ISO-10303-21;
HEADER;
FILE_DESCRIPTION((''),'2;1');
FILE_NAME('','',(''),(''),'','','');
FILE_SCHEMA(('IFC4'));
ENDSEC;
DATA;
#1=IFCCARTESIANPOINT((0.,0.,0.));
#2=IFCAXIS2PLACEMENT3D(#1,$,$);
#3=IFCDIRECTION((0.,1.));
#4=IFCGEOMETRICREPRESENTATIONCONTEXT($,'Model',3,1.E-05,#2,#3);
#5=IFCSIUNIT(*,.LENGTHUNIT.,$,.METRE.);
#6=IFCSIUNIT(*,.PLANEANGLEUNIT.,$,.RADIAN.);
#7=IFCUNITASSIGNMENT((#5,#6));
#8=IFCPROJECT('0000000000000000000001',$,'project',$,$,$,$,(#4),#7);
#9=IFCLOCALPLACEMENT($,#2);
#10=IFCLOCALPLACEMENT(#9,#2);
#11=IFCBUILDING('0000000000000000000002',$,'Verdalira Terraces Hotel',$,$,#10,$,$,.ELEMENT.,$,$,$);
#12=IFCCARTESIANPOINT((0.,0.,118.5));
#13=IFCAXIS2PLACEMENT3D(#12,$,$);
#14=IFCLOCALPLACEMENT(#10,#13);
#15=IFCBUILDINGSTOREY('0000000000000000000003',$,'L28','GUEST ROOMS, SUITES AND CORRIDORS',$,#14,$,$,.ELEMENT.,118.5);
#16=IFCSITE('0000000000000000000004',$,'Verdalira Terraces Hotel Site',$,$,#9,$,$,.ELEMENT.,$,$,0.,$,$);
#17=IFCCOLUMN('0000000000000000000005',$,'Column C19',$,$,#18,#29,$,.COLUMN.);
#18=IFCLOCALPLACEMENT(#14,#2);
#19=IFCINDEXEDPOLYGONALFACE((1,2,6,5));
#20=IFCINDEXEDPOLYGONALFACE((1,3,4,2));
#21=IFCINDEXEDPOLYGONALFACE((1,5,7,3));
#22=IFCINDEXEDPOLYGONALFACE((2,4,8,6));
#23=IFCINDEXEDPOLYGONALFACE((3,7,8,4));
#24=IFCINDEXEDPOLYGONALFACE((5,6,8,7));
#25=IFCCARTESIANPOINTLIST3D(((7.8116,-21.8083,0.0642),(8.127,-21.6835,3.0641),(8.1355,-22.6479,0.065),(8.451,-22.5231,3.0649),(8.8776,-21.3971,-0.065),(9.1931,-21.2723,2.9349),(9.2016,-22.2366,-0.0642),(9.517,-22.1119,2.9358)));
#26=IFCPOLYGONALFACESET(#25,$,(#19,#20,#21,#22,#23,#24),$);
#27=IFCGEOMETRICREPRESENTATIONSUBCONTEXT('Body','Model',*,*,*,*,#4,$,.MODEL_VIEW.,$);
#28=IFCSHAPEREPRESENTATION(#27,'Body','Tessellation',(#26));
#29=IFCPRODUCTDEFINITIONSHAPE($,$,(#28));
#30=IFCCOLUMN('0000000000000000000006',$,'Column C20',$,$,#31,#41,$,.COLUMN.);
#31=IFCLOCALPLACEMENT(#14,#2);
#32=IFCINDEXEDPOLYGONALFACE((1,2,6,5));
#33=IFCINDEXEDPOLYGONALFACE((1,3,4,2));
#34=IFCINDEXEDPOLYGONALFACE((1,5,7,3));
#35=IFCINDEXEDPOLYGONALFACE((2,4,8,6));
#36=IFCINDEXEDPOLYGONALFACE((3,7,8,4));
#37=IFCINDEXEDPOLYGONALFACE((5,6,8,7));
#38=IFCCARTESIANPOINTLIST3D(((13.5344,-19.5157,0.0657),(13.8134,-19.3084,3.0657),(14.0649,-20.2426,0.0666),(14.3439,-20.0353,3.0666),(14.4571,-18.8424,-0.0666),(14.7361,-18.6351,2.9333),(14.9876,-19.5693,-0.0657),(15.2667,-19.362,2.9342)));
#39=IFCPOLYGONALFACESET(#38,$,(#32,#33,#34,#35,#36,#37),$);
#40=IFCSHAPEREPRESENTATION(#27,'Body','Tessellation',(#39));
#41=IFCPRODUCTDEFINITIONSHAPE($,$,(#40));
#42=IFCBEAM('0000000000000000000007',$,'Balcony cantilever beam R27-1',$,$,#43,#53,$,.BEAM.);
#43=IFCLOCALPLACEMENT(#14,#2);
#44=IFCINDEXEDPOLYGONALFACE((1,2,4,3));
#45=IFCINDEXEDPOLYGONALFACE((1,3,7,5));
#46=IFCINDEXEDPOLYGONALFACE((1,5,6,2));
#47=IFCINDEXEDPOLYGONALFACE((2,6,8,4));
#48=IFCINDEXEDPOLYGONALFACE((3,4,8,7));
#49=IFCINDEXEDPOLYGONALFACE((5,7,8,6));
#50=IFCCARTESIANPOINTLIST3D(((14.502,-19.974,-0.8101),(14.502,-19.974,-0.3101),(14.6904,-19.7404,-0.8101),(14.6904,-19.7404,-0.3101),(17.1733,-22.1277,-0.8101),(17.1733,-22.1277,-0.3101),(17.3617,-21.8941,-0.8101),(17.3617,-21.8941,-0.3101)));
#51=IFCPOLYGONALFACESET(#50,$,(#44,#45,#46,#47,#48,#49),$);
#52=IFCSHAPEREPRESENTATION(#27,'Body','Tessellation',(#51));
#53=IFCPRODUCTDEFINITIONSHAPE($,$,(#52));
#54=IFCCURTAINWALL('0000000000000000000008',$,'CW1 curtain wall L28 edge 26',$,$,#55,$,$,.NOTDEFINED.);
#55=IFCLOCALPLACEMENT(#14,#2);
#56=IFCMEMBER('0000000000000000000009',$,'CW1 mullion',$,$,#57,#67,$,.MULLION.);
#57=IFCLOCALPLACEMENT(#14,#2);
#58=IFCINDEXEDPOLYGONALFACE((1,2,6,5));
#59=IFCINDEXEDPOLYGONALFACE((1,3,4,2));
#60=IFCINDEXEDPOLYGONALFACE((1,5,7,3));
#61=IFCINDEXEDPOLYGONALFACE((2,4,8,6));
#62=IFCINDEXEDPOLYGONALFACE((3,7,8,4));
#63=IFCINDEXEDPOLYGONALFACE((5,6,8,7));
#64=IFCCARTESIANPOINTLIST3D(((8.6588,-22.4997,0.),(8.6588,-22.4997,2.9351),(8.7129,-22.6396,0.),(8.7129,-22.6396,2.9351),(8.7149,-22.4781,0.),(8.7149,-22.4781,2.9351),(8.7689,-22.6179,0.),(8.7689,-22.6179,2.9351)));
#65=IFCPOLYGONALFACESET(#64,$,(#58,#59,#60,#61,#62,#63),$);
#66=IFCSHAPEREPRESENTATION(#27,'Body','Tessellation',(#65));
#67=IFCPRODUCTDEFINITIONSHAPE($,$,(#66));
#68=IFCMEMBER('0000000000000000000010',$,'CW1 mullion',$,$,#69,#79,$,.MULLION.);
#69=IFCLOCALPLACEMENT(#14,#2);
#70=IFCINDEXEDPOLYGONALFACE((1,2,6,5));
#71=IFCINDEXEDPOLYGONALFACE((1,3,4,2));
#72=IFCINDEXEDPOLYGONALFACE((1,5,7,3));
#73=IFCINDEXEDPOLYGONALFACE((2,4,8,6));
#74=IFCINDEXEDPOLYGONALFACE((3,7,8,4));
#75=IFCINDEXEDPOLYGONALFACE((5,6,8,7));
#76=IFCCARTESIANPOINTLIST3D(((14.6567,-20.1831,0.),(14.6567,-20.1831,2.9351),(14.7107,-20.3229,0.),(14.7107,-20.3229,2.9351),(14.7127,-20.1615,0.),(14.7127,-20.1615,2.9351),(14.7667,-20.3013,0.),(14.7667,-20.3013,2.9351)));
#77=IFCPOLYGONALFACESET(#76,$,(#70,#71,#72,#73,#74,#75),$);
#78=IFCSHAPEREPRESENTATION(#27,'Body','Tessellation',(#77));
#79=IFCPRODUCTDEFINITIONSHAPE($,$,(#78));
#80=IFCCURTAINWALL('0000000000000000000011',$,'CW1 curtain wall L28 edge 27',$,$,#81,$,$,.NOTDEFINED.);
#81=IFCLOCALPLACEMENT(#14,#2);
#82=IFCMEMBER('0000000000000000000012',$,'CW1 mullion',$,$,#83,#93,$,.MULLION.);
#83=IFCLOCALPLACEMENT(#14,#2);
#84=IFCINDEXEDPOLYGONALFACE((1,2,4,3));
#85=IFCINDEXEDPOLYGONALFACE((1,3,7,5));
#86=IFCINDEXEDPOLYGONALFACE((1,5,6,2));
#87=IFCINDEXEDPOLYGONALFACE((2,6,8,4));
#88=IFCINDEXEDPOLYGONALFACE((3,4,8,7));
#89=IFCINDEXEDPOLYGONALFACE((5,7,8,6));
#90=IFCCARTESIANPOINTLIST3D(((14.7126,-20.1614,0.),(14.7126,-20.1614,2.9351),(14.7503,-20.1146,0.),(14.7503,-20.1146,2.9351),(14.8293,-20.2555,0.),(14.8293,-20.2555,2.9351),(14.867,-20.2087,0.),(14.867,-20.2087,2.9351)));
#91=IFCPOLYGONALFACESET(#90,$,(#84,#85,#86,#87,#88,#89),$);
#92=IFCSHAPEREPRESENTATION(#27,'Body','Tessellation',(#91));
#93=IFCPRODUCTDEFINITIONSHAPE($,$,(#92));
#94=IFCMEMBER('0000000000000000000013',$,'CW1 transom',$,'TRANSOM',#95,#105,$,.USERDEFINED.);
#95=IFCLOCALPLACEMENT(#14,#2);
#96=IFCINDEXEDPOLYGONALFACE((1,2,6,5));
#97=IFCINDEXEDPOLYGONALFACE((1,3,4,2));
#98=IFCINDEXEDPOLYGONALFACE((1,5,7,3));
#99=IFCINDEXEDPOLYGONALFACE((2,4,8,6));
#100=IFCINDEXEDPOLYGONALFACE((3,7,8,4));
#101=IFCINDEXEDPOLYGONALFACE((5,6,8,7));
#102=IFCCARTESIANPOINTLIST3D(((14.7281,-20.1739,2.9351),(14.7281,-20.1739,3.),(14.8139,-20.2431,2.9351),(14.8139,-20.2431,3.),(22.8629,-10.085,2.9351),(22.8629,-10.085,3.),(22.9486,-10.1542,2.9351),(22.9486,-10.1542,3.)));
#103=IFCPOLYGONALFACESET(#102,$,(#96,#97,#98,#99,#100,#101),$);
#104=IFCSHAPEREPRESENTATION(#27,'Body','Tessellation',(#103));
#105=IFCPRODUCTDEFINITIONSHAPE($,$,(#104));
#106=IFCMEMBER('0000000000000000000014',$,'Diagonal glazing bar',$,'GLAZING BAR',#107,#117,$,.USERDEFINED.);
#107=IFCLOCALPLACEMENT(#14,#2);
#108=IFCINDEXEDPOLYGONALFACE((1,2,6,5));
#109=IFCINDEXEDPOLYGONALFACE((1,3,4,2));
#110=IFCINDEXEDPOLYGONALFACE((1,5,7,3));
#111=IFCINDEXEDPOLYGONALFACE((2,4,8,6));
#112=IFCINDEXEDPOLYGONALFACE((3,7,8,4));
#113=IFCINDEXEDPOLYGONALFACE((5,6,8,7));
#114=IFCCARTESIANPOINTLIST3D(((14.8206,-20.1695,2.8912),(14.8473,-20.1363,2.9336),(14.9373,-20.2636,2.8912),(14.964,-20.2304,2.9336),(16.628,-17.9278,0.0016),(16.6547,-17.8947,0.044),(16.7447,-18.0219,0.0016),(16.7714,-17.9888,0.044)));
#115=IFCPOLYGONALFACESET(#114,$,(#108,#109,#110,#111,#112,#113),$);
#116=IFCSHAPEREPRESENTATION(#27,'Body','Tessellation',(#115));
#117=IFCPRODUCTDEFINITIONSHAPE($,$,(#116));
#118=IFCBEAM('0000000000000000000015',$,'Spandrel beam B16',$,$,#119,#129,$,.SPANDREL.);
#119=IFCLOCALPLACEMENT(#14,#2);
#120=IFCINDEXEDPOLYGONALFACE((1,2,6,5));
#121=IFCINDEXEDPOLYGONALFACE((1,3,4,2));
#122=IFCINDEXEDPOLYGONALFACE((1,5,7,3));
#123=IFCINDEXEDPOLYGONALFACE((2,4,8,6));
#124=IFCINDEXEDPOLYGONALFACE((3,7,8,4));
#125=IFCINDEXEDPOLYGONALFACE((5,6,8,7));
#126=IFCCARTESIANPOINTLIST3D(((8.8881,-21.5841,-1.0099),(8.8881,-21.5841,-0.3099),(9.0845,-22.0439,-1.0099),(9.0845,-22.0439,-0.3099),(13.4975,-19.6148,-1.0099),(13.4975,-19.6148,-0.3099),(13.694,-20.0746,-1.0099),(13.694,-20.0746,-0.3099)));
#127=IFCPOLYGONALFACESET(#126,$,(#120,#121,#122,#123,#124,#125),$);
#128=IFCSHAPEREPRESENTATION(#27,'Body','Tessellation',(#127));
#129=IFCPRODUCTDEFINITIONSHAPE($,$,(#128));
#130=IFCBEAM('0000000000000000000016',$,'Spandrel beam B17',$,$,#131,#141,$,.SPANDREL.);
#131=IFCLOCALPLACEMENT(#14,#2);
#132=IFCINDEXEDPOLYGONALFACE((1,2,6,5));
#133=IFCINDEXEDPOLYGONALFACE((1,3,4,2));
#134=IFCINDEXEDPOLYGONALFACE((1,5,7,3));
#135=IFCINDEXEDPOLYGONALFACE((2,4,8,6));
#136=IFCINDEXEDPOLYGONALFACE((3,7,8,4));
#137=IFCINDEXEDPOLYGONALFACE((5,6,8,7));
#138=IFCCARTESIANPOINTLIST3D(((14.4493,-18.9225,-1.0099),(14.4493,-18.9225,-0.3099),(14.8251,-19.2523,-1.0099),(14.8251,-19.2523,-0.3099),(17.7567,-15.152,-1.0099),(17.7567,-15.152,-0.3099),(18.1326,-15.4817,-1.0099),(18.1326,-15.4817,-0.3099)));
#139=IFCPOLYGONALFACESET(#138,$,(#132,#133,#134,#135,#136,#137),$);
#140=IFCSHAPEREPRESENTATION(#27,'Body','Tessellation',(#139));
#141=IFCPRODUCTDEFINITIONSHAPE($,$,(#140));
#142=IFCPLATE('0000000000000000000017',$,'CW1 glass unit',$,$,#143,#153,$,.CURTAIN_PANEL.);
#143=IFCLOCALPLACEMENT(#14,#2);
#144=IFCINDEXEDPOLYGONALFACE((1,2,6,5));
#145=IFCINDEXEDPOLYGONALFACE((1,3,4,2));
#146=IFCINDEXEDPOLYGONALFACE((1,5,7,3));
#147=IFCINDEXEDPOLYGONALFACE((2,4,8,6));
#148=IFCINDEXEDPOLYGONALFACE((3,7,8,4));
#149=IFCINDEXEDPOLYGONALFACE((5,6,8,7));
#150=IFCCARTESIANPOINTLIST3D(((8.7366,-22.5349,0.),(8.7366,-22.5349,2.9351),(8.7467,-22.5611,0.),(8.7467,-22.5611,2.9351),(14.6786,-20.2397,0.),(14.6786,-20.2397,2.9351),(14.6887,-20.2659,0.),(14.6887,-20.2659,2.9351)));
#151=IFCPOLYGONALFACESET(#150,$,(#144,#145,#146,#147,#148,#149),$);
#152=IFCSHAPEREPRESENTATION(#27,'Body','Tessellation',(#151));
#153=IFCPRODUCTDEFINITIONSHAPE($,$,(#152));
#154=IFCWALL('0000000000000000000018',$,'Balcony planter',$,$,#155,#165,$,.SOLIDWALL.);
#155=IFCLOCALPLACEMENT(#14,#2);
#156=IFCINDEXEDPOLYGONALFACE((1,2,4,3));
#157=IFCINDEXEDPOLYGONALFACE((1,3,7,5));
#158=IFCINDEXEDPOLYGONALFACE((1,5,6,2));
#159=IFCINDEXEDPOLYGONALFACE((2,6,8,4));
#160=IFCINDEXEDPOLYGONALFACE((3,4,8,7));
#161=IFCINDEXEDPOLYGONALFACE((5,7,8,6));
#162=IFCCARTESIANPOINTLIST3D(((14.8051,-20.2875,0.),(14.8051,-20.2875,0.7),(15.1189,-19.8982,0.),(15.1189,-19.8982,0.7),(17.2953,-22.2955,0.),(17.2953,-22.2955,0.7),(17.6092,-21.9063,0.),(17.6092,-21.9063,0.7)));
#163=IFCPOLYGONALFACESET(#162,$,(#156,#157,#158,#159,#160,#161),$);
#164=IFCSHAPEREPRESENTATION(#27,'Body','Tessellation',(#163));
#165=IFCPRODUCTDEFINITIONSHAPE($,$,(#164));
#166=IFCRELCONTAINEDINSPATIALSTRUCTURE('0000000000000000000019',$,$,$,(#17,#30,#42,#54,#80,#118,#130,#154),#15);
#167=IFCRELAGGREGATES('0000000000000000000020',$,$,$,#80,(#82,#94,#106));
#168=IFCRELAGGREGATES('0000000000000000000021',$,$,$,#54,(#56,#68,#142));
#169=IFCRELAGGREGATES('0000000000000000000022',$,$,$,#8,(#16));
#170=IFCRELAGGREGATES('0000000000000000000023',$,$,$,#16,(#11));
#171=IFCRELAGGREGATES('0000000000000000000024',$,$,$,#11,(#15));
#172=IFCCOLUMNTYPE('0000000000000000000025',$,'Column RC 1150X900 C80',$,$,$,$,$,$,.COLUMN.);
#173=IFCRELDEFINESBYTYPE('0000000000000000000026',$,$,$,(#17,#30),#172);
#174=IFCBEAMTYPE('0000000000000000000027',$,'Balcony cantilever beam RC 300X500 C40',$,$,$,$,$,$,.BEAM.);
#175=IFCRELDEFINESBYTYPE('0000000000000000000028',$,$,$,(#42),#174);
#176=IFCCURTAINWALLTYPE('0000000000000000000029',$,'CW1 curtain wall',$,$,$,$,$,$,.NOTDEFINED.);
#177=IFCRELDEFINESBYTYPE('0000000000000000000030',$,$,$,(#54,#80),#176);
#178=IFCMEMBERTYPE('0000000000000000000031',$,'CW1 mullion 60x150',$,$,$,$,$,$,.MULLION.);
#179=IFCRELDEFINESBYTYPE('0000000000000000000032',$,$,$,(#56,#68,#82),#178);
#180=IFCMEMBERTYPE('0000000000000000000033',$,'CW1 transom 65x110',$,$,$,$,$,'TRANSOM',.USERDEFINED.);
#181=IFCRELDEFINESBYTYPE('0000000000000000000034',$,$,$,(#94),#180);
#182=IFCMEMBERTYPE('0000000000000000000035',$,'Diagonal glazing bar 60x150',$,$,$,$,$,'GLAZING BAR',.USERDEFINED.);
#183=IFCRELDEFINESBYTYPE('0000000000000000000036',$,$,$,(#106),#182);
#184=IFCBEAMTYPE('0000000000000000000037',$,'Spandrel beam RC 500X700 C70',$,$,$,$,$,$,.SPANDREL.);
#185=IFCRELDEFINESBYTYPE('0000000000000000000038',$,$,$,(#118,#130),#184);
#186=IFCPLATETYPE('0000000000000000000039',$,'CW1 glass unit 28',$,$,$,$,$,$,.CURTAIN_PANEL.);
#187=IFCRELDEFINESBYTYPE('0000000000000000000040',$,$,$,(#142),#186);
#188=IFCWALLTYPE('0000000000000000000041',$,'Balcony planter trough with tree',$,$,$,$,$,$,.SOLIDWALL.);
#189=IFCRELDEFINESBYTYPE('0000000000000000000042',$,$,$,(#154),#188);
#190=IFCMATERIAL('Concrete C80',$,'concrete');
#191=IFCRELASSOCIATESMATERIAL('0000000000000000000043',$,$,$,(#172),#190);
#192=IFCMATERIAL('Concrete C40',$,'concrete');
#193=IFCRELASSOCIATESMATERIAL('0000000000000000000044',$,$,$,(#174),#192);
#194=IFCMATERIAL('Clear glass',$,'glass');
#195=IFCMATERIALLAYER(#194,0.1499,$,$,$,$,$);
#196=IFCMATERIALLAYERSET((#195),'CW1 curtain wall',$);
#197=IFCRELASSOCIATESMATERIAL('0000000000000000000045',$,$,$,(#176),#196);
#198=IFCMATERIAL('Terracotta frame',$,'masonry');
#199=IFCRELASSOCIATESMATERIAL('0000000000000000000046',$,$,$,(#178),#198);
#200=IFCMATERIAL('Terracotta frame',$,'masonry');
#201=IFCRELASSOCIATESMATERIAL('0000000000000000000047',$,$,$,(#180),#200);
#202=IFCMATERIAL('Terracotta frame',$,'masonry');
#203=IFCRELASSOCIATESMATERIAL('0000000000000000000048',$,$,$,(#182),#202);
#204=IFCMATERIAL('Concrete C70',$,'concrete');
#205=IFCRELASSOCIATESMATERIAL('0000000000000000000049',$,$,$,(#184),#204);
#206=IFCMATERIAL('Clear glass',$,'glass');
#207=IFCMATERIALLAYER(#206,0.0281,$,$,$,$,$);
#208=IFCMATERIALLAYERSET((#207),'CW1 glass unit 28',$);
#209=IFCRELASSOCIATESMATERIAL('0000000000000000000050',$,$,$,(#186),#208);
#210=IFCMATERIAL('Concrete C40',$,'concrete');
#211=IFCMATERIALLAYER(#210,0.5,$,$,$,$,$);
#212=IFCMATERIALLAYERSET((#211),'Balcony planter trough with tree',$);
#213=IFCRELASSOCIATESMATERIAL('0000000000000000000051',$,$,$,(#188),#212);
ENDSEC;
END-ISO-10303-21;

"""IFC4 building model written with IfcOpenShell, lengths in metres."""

from ifc_helpers import new_model, si_unit, direction, frame, frame_2d, origin, origin_2d, place, context, subcontext, project, spatial, rectangle, extrude, material, layer, layer_set, material_profile, profile_set, type_object, element, aggregate, save


model = new_model("IFC4")

# Units and contexts
model_context = context("Model", 3, precision=1e-05, world=origin(), true_north=direction((0.0, 1.0)))
body_context = subcontext(model_context, "Body", "Model", "MODEL_VIEW")
ifc_project = project(units=[si_unit("LENGTHUNIT", "METRE"), si_unit("PLANEANGLEUNIT", "RADIAN")], contexts=[model_context])

# Site, building, storey
site_placement = place(None, origin())
site = spatial("IfcSite", under=ifc_project, at=site_placement, Name="Verdalira Terraces Hotel Site", CompositionType="ELEMENT", RefElevation=0.0)
building_placement = place(site_placement, origin())
building = spatial("IfcBuilding", under=site, at=building_placement, Name="Verdalira Terraces Hotel", CompositionType="ELEMENT")
storey_placement = place(building_placement, frame((0.0, 0.0, 118.5)))
storey = spatial("IfcBuildingStorey", under=building, at=storey_placement, Name="L28", Description="GUEST ROOMS, SUITES AND CORRIDORS", CompositionType="ELEMENT", Elevation=118.5)

# Columns
ifc_material_1 = material(Name="Concrete C80", Category="concrete")
ifc_material_profile_1 = material_profile(ifc_material_1, rectangle(XDim=1.1499, YDim=0.8999, at=origin_2d()), Name="RC 1150X900")
ifc_profile_set_1 = profile_set([ifc_material_profile_1], Name="Concrete C80")
column_type = type_object("IfcColumnType", Name="Column RC 1150X900 C80", PredefinedType="COLUMN", material=ifc_profile_set_1)
column_1_placement = place(storey_placement, frame((8.5066, -22.0225, 0.0), z_axis=(0.104478, 0.041322, 0.993668), x_axis=(0.92709, 0.357607, -0.112348)))
element("IfcColumn", 1, at=column_1_placement, inside=storey, type_object=column_type, Name="Column C19", PredefinedType="COLUMN", context=body_context, shape_type="SweptSolid", body=[
    extrude(rectangle(XDim=1.1499, YDim=0.8999, at=origin_2d()), origin(), (0.0, 0.0, 1.0), 3.019),
])
column_2_placement = place(storey_placement, frame((14.261, -19.5425, 0.0), z_axis=(0.092399, 0.068633, 0.993354), x_axis=(-0.802438, -0.585531, 0.115096)))
element("IfcColumn", 2, at=column_2_placement, inside=storey, type_object=column_type, Name="Column C20", PredefinedType="COLUMN", context=body_context, shape_type="SweptSolid", body=[
    extrude(rectangle(XDim=1.1499, YDim=0.8999, at=origin_2d()), origin(), (0.0, 0.0, 1.0), 3.02),
])

# Beam
ifc_material_2 = material(Name="Concrete C40", Category="concrete")
ifc_material_profile_2 = material_profile(ifc_material_2, rectangle(XDim=0.3, YDim=0.5, at=origin_2d()), Name="RC 300X500")
ifc_profile_set_2 = profile_set([ifc_material_profile_2], Name="Concrete C40")
beam_type_1 = type_object("IfcBeamType", Name="Balcony cantilever beam RC 300X500 C40", PredefinedType="BEAM", material=ifc_profile_set_2)
beam_1_placement = place(storey_placement, frame((14.5962, -19.8572, -0.5601), z_axis=(0.778489, -0.627658, 0.0), x_axis=(0.627658, 0.778489, 0.0)))
element("IfcBeam", 3, at=beam_1_placement, inside=storey, type_object=beam_type_1, Name="Balcony cantilever beam R27-1", PredefinedType="BEAM", context=body_context, shape_type="SweptSolid", body=[
    extrude(rectangle(XDim=0.3, YDim=0.5, at=origin_2d()), origin(), (0.0, 0.0, 1.0), 3.4314),
])

# Curtain walls, members
ifc_material_3 = material(Name="Clear glass", Category="glass")
ifc_layer_1 = layer(ifc_material_3, 0.1499)
ifc_layer_set_1 = layer_set([ifc_layer_1], Name="CW1 curtain wall")
curtain_wall_type = type_object("IfcCurtainWallType", Name="CW1 curtain wall", PredefinedType="NOTDEFINED", material=ifc_layer_set_1)
curtain_wall_1_placement = place(storey_placement, origin())
curtain_wall_1 = element("IfcCurtainWall", 4, at=curtain_wall_1_placement, inside=storey, type_object=curtain_wall_type, Name="CW1 curtain wall L28 edge 26", PredefinedType="NOTDEFINED")
ifc_material_4 = material(Name="Terracotta frame", Category="masonry")
ifc_material_profile_3 = material_profile(ifc_material_4, rectangle(XDim=0.0601, YDim=0.1499, at=origin_2d()), Name="MU 60x150")
ifc_profile_set_3 = profile_set([ifc_material_profile_3], Name="Terracotta frame")
member_type_1 = type_object("IfcMemberType", Name="CW1 mullion 60x150", PredefinedType="MULLION", material=ifc_profile_set_3)
member_1_placement = place(storey_placement, frame((8.7139, -22.5588, 0.0), z_axis=(0.0, 0.0, 1.0), x_axis=(0.932828, 0.360322, 0.0)))
member_1 = element("IfcMember", 5, at=member_1_placement, type_object=member_type_1, Name="CW1 mullion", PredefinedType="MULLION", context=body_context, shape_type="SweptSolid", body=[
    extrude(rectangle(XDim=0.0601, YDim=0.1499, at=origin_2d()), origin(), (0.0, 0.0, 1.0), 2.9351),
])
member_2_placement = place(storey_placement, frame((14.7117, -20.2422, 0.0), z_axis=(0.0, 0.0, 1.0), x_axis=(0.932828, 0.360322, 0.0)))
member_2 = element("IfcMember", 6, at=member_2_placement, type_object=member_type_1, Name="CW1 mullion", PredefinedType="MULLION", context=body_context, shape_type="SweptSolid", body=[
    extrude(rectangle(XDim=0.0601, YDim=0.1499, at=origin_2d()), origin(), (0.0, 0.0, 1.0), 2.9351),
])
curtain_wall_2_placement = place(storey_placement, origin())
curtain_wall_2 = element("IfcCurtainWall", 7, at=curtain_wall_2_placement, inside=storey, type_object=curtain_wall_type, Name="CW1 curtain wall L28 edge 27", PredefinedType="NOTDEFINED")
member_3_placement = place(storey_placement, frame((14.7898, -20.1851, 0.0), z_axis=(0.0, 0.0, 1.0), x_axis=(0.627691, 0.778462, 0.0)))
member_3 = element("IfcMember", 8, at=member_3_placement, type_object=member_type_1, Name="CW1 mullion", PredefinedType="MULLION", context=body_context, shape_type="SweptSolid", body=[
    extrude(rectangle(XDim=0.0601, YDim=0.1499, at=origin_2d()), origin(), (0.0, 0.0, 1.0), 2.9351),
])
ifc_material_5 = material(Name="Terracotta frame", Category="masonry")
ifc_material_profile_4 = material_profile(ifc_material_5, rectangle(XDim=0.1101, YDim=0.0649, at=origin_2d()), Name="TR 65x110")
ifc_profile_set_4 = profile_set([ifc_material_profile_4], Name="Terracotta frame")
member_type_2 = type_object("IfcMemberType", Name="CW1 transom 65x110", ElementType="TRANSOM", PredefinedType="USERDEFINED", material=ifc_profile_set_4)
member_4_placement = place(storey_placement, frame((14.771, -20.2085, 2.9675), z_axis=(0.627686, 0.778466, 0.0), x_axis=(-0.778466, 0.627686, 0.0)))
member_4 = element("IfcMember", 9, at=member_4_placement, type_object=member_type_2, Name="CW1 transom", ObjectType="TRANSOM", PredefinedType="USERDEFINED", context=body_context, shape_type="SweptSolid", body=[
    extrude(rectangle(XDim=0.1101, YDim=0.0649, at=origin_2d()), origin(), (0.0, 0.0, 1.0), 12.96),
])
ifc_material_6 = material(Name="Terracotta frame", Category="masonry")
ifc_material_profile_5 = material_profile(ifc_material_6, rectangle(XDim=0.1499, YDim=0.0601, at=origin_2d()), Name="GB 60x150")
ifc_profile_set_5 = profile_set([ifc_material_profile_5], Name="Terracotta frame")
member_type_3 = type_object("IfcMemberType", Name="Diagonal glazing bar 60x150", ElementType="GLAZING BAR", PredefinedType="USERDEFINED", material=ifc_profile_set_5)
member_5_placement = place(storey_placement, frame((14.8923, -20.2, 2.9124), z_axis=(0.443044, 0.549511, -0.708343), x_axis=(-0.778489, 0.627658, 0.0)))
member_5 = element("IfcMember", 10, at=member_5_placement, type_object=member_type_3, Name="Diagonal glazing bar", ObjectType="GLAZING BAR", PredefinedType="USERDEFINED", context=body_context, shape_type="SweptSolid", body=[
    extrude(rectangle(XDim=0.1499, YDim=0.0601, at=origin_2d()), origin(), (0.0, 0.0, 1.0), 4.0793),
])
aggregate(curtain_wall_2, [member_3, member_4, member_5])

# Beams
ifc_material_7 = material(Name="Concrete C70", Category="concrete")
ifc_material_profile_6 = material_profile(ifc_material_7, rectangle(XDim=0.5, YDim=0.7, at=origin_2d()), Name="RC 500X700")
ifc_profile_set_6 = profile_set([ifc_material_profile_6], Name="Concrete C70")
beam_type_2 = type_object("IfcBeamType", Name="Spandrel beam RC 500X700 C70", PredefinedType="SPANDREL", material=ifc_profile_set_6)
beam_2_placement = place(storey_placement, frame((8.9863, -21.814, -0.6599), z_axis=(0.919593, 0.392873, 0.0), x_axis=(-0.392873, 0.919593, 0.0)))
element("IfcBeam", 11, at=beam_2_placement, inside=storey, type_object=beam_type_2, Name="Spandrel beam B16", PredefinedType="SPANDREL", context=body_context, shape_type="SweptSolid", body=[
    extrude(rectangle(XDim=0.5, YDim=0.7, at=origin_2d()), origin(), (0.0, 0.0, 1.0), 5.0125),
])
beam_3_placement = place(storey_placement, frame((14.6372, -19.0874, -0.6599), z_axis=(0.659428, 0.751768, 0.0), x_axis=(-0.751768, 0.659428, 0.0)))
element("IfcBeam", 12, at=beam_3_placement, inside=storey, type_object=beam_type_2, Name="Spandrel beam B17", PredefinedType="SPANDREL", context=body_context, shape_type="SweptSolid", body=[
    extrude(rectangle(XDim=0.5, YDim=0.7, at=origin_2d()), origin(), (0.0, 0.0, 1.0), 5.0156),
])

# Plate
ifc_material_8 = material(Name="Clear glass", Category="glass")
ifc_layer_2 = layer(ifc_material_8, 0.0281)
ifc_layer_set_2 = layer_set([ifc_layer_2], Name="CW1 glass unit 28")
plate_type = type_object("IfcPlateType", Name="CW1 glass unit 28", PredefinedType="CURTAIN_PANEL", material=ifc_layer_set_2)
plate_placement = place(storey_placement, frame((11.7126, -21.4004, 0.0), z_axis=(0.0, 0.0, 1.0), x_axis=(0.932828, 0.360322, 0.0)))
plate = element("IfcPlate", 13, at=plate_placement, type_object=plate_type, Name="CW1 glass unit", PredefinedType="CURTAIN_PANEL", context=body_context, shape_type="SweptSolid", body=[
    extrude(rectangle(XDim=6.3699, YDim=0.0281, at=origin_2d()), origin(), (0.0, 0.0, 1.0), 2.9351),
])
aggregate(curtain_wall_1, [member_1, member_2, plate])

# Wall
ifc_material_9 = material(Name="Concrete C40", Category="concrete")
ifc_layer_3 = layer(ifc_material_9, 0.5)
ifc_layer_set_3 = layer_set([ifc_layer_3], Name="Balcony planter trough with tree")
wall_type_1 = type_object("IfcWallType", Name="Balcony planter trough with tree", PredefinedType="SOLIDWALL", material=ifc_layer_set_3)
wall_1_placement = place(storey_placement, frame((14.9619, -20.0928, 0.0), z_axis=(0.0, 0.0, 1.0), x_axis=(0.778443, -0.627715, 0.0)))
element("IfcWall", 14, at=wall_1_placement, inside=storey, type_object=wall_type_1, Name="Balcony planter", PredefinedType="SOLIDWALL", context=body_context, shape_type="SweptSolid", body=[
    extrude(rectangle(XDim=3.199, YDim=0.5, at=frame_2d((1.5996, 0.0))), origin(), (0.0, 0.0, 1.0), 0.7),
])

save(model, "model.ifc")
